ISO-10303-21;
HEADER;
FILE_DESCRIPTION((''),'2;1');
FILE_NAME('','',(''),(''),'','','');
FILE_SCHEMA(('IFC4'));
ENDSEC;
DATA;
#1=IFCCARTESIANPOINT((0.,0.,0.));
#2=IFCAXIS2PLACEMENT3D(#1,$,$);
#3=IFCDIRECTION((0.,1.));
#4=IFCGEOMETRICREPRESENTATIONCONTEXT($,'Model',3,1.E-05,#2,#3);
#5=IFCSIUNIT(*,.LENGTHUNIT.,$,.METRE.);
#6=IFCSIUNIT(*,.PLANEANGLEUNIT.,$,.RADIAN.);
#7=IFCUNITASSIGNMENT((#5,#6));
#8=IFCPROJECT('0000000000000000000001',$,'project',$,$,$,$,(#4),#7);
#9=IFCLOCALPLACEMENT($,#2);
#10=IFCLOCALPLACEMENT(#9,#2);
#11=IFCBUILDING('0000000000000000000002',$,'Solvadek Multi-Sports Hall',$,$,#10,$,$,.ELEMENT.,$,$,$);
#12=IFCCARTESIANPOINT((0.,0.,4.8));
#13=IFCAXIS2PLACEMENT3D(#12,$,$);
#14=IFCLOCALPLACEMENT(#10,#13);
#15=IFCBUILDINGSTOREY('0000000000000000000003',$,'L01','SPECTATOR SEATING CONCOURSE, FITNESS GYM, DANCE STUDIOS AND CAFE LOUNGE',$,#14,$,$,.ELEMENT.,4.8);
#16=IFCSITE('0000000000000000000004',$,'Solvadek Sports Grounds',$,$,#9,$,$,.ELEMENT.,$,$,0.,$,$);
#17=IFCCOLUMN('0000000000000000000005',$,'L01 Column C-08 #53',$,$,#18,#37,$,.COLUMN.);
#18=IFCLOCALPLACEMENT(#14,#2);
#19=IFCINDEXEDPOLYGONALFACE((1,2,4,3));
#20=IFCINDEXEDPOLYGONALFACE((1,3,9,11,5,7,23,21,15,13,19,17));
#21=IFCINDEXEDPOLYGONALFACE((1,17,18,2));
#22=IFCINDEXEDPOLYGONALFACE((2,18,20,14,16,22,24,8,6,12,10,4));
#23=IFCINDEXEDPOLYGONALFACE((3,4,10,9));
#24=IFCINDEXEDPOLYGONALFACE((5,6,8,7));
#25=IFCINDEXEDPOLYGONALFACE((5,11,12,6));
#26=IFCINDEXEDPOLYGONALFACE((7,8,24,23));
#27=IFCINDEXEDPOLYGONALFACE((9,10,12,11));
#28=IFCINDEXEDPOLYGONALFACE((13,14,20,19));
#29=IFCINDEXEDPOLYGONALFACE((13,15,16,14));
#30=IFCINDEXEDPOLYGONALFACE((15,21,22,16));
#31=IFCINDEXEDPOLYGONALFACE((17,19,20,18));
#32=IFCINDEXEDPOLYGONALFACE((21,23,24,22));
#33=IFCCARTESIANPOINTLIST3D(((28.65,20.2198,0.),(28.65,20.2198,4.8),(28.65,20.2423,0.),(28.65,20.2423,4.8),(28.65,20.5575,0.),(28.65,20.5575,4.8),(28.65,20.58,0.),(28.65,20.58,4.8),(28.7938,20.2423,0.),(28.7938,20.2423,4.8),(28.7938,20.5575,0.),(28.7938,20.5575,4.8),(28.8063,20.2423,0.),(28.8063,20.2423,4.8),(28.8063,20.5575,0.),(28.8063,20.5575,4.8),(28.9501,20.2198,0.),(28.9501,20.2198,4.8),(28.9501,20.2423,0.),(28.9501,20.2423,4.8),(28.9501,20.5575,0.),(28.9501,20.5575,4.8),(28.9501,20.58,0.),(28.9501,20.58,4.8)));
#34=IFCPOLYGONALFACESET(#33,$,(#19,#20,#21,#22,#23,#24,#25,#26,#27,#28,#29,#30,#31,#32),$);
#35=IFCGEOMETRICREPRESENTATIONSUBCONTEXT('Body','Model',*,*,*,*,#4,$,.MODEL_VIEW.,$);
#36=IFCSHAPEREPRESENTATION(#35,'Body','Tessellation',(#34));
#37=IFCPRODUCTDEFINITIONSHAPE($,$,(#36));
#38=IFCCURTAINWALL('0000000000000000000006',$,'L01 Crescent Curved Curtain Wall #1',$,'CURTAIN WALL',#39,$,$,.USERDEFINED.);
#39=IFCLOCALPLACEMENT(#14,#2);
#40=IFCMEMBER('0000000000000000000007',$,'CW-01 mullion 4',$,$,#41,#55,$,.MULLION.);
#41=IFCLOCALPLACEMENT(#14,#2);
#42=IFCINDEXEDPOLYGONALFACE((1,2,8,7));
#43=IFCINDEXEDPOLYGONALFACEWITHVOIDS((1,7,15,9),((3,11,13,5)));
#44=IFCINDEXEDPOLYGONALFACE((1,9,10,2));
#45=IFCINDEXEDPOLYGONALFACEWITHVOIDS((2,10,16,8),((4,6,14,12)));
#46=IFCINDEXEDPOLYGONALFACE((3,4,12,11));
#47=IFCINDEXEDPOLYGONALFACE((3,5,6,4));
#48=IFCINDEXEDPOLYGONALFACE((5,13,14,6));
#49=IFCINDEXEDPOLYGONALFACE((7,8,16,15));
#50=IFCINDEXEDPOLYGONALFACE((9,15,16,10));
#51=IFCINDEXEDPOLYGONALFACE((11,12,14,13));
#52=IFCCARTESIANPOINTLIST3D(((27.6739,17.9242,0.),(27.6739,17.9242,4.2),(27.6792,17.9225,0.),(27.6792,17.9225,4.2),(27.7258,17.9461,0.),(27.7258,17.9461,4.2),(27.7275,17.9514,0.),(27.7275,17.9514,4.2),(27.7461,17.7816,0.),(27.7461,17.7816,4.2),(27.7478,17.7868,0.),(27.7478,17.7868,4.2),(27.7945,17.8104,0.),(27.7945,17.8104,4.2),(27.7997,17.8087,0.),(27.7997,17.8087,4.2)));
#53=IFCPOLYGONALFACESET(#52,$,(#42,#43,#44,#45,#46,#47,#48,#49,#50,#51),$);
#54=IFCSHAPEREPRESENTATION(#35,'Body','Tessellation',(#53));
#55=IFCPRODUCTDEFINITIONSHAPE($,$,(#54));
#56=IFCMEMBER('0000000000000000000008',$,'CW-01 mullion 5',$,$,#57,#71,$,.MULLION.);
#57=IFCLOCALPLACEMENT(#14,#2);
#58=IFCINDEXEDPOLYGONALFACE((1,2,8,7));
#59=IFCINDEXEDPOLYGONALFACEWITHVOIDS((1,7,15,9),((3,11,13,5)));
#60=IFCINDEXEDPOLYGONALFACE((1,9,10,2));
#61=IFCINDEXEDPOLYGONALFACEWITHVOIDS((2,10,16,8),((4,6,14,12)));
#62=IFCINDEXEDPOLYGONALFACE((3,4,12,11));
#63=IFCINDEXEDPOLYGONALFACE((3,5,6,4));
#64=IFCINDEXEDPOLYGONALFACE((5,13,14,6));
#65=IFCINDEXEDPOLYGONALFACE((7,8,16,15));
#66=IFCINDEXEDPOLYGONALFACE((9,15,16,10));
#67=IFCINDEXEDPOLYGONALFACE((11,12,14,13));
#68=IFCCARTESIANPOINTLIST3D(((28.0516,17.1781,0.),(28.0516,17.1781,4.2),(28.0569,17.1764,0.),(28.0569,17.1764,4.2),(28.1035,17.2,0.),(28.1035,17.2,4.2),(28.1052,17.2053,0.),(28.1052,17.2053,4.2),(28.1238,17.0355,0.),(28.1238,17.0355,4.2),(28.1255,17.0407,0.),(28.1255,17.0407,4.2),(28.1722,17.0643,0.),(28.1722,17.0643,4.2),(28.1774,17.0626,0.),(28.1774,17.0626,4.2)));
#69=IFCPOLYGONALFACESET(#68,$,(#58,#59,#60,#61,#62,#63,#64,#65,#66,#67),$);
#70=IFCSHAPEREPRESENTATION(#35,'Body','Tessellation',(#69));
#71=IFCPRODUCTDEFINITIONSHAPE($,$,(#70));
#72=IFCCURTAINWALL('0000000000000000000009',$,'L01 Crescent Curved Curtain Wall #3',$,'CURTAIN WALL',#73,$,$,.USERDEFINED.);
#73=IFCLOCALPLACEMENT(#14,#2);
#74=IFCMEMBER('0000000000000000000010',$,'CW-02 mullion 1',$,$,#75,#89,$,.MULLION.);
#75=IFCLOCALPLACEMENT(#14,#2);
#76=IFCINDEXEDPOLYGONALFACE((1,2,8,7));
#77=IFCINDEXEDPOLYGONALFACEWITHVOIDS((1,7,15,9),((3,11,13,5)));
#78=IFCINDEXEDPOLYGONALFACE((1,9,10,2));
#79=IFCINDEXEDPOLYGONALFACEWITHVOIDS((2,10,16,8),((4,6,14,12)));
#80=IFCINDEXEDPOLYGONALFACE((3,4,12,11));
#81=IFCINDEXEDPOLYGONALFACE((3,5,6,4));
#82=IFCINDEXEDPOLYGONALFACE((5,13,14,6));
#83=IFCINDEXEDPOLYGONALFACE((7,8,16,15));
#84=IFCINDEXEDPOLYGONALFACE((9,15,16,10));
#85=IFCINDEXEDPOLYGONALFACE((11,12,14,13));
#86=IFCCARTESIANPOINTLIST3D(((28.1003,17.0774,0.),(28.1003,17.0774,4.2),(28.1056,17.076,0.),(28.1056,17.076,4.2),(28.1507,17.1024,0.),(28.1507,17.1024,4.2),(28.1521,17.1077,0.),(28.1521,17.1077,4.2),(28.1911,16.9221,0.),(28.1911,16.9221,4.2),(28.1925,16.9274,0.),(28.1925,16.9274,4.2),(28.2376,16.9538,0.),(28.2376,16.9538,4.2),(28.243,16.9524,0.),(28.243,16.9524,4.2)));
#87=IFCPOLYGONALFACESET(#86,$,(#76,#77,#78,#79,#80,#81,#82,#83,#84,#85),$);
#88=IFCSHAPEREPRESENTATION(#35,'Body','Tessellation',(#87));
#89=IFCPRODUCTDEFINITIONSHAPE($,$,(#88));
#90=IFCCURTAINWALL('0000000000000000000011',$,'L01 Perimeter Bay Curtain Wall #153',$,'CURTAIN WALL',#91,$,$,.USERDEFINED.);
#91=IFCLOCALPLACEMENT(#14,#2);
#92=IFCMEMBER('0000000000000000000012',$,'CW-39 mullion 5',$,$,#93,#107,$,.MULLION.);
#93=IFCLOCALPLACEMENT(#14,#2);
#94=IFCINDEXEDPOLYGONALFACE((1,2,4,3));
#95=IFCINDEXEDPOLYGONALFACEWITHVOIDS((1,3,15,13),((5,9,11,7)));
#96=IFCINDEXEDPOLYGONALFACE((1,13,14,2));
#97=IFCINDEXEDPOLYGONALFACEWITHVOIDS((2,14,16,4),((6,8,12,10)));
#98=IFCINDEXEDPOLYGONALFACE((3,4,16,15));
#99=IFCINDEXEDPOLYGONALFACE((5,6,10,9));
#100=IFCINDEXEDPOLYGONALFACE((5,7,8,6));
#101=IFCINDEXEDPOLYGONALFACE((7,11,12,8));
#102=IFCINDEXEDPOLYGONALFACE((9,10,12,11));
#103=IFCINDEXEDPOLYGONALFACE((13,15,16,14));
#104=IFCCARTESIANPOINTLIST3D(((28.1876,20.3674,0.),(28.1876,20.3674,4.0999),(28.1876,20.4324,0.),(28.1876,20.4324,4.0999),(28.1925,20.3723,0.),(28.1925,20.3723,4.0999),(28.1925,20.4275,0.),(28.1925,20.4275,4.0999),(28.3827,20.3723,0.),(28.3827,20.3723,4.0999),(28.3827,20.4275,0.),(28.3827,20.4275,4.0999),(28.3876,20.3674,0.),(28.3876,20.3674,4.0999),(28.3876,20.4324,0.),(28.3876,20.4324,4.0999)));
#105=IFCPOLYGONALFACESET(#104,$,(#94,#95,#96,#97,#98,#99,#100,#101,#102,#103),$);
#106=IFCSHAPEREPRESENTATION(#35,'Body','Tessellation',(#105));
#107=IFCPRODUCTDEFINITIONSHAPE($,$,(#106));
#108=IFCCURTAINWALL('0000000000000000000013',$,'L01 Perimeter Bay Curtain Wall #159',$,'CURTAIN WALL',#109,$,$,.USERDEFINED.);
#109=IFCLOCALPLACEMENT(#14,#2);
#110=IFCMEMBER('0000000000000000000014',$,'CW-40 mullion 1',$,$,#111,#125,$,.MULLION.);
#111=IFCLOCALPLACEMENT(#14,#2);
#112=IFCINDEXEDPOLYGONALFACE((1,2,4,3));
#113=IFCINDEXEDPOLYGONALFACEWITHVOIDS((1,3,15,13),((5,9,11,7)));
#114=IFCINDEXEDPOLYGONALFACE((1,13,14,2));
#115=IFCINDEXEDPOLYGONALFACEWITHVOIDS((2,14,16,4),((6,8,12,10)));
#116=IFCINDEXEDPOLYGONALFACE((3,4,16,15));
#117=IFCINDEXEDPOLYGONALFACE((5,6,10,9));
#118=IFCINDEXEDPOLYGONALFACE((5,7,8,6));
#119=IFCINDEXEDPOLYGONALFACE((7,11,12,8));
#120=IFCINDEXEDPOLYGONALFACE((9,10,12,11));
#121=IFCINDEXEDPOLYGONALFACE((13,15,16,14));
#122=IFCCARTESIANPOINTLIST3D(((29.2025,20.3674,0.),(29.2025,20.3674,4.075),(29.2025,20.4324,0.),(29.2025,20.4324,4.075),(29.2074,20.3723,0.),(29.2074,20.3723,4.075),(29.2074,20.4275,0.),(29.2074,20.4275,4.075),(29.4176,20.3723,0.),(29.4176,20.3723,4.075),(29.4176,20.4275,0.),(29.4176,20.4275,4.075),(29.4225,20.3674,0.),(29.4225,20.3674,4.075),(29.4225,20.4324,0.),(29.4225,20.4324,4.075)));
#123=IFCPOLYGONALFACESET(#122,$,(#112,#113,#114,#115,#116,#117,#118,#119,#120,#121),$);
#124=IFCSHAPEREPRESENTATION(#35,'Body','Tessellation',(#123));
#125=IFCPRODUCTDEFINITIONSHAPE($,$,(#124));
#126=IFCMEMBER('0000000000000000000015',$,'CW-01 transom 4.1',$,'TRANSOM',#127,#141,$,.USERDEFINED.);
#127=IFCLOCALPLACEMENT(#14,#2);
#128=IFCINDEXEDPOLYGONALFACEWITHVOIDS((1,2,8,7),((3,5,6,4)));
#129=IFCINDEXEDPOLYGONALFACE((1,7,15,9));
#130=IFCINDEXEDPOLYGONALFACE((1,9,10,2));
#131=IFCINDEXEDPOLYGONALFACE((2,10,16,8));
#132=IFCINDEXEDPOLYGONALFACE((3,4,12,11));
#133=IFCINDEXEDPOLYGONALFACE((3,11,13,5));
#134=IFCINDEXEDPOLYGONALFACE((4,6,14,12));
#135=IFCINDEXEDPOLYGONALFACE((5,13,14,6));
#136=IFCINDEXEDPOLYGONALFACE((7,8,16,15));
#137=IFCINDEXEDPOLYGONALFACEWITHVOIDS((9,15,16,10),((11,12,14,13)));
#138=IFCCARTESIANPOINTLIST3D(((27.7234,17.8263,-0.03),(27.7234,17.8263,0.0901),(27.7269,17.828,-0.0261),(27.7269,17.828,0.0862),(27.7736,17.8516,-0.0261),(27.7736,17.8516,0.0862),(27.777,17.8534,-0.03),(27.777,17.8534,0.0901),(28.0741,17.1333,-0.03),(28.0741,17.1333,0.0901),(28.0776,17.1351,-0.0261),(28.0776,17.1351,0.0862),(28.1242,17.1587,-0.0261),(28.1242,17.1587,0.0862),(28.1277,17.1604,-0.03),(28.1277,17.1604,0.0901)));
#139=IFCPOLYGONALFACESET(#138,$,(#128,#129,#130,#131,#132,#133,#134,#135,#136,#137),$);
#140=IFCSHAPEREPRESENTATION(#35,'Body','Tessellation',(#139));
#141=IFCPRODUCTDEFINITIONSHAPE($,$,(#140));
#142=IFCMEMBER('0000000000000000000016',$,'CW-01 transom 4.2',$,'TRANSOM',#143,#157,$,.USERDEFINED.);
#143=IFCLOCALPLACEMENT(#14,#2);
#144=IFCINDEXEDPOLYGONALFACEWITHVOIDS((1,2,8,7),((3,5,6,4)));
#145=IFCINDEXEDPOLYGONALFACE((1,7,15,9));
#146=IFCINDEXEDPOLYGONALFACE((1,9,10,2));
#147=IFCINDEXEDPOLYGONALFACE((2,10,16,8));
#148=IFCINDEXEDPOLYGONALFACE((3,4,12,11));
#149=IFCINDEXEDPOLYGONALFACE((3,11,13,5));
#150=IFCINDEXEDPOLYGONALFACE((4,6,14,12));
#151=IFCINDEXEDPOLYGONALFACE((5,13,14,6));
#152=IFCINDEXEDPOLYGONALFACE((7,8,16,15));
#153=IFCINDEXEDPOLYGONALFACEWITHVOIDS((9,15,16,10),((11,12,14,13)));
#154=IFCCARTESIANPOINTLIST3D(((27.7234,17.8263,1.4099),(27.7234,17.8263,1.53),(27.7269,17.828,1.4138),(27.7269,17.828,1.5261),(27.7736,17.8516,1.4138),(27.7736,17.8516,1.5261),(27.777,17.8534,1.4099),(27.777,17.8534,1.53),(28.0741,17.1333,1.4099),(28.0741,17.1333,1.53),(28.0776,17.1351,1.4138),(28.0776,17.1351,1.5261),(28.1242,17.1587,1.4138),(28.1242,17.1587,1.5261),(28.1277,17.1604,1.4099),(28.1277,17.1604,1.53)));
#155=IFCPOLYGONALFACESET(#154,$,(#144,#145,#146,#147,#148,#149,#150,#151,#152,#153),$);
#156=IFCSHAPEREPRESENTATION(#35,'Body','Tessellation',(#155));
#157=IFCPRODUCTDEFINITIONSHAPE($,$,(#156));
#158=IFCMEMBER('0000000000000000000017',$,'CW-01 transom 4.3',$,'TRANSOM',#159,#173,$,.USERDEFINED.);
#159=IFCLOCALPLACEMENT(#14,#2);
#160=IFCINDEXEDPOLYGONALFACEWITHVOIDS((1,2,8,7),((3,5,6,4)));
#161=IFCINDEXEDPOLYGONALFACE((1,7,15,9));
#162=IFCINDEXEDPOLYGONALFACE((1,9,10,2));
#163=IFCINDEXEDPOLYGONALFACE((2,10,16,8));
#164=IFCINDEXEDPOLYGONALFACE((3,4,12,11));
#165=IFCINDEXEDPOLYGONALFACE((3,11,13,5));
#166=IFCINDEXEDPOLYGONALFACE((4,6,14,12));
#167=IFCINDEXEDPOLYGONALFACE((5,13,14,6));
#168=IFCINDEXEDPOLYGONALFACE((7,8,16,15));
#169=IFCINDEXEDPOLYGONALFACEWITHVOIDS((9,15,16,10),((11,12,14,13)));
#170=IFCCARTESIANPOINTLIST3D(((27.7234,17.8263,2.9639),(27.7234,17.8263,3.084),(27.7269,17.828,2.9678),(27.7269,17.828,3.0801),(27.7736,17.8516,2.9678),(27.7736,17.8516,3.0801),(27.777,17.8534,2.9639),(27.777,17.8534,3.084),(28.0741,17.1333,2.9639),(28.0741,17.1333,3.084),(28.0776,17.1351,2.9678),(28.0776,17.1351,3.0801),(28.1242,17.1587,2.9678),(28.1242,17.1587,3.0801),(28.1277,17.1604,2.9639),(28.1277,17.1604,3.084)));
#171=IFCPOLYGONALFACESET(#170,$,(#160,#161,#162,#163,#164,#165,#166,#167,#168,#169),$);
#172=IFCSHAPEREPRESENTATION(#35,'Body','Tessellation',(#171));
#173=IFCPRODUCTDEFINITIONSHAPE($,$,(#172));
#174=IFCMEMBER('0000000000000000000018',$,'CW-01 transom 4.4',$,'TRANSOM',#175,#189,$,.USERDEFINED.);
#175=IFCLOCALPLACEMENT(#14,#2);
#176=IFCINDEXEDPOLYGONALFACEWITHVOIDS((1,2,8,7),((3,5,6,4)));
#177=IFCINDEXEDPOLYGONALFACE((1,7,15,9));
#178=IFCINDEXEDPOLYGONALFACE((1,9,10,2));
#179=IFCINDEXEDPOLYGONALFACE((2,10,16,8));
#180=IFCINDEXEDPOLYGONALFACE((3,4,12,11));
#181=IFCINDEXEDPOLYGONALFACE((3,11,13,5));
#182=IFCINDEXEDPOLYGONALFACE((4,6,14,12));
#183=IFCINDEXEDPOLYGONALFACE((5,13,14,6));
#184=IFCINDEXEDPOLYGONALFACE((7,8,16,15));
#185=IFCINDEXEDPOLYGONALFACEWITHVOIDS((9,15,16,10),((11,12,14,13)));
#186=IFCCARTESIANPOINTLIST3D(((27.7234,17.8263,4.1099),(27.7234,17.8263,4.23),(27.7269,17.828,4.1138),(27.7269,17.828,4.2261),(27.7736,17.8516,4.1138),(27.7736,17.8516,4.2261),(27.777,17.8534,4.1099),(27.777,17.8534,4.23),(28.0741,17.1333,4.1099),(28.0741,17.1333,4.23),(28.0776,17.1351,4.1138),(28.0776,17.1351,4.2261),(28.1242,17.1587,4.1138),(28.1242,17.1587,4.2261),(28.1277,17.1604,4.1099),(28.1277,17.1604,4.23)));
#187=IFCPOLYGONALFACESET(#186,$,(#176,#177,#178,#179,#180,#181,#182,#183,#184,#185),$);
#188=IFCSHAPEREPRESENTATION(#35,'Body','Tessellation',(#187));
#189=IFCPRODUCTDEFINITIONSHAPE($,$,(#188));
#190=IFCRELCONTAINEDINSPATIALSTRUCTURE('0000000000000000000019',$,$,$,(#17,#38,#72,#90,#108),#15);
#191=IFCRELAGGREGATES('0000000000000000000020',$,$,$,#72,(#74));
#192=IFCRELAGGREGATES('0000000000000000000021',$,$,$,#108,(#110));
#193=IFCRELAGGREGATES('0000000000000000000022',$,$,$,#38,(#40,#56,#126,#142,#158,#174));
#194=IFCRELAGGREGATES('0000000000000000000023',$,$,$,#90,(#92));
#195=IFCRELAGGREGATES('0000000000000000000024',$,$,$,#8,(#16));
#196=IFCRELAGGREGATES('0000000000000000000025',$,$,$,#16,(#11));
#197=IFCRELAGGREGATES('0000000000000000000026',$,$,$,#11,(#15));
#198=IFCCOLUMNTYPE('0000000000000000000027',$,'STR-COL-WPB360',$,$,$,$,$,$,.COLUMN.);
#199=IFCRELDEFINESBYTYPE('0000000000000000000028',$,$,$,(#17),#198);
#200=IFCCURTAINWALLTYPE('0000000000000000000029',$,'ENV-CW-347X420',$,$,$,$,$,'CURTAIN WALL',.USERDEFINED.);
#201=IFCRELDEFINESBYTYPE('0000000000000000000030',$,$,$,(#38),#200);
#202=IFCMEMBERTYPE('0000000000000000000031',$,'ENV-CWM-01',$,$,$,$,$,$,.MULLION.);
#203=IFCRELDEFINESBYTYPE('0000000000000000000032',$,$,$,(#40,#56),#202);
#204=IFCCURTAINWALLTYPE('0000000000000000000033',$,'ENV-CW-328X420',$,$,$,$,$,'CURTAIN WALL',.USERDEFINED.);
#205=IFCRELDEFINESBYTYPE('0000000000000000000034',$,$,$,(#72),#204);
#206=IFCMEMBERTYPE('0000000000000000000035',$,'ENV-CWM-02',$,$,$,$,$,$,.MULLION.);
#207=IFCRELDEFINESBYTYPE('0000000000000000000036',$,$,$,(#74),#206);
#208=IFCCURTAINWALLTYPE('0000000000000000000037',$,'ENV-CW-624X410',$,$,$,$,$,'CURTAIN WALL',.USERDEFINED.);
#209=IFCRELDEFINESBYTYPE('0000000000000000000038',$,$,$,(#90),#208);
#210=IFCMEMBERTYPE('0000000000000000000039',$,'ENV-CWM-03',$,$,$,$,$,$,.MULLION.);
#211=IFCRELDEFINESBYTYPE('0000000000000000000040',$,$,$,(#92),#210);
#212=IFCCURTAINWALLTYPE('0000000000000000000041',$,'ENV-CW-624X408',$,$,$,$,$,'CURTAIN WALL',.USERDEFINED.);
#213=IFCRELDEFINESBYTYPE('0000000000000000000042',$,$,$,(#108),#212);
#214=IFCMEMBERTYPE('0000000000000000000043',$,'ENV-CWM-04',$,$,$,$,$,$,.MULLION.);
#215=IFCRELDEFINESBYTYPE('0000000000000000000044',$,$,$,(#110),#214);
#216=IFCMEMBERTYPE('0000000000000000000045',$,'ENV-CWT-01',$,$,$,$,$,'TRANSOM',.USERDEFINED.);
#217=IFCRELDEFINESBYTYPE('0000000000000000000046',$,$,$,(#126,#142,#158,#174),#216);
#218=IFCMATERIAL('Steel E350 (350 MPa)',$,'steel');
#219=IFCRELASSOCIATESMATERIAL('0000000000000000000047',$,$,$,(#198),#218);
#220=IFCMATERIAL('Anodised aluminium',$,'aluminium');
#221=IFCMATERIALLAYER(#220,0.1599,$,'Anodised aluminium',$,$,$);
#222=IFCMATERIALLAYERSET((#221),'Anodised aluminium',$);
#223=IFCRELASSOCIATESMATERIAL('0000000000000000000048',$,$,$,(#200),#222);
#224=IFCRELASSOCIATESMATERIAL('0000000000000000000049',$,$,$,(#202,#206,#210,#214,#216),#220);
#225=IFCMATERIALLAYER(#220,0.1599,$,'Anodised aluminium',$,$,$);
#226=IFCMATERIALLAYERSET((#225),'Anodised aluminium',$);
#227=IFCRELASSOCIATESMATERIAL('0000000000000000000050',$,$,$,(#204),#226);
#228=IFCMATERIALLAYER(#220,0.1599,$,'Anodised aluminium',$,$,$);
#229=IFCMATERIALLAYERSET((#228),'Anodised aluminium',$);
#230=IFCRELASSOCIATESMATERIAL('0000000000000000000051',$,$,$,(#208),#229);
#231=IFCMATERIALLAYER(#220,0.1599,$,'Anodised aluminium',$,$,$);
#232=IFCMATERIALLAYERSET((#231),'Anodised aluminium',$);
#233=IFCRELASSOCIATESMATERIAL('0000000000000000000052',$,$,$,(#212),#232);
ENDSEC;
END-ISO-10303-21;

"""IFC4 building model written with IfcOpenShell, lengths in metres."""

from ifc_helpers import new_model, si_unit, direction, frame, origin, origin_2d, place, context, subcontext, project, spatial, hollow_rectangle, i_section, extrude, material, layer, layer_set, material_profile, profile_set, type_object, element, aggregate, save


model = new_model("IFC4")

# Units and contexts
model_context = context("Model", 3, precision=1e-05, world=origin(), true_north=direction((0.0, 1.0)))
body_context = subcontext(model_context, "Body", "Model", "MODEL_VIEW")
ifc_project = project(units=[si_unit("LENGTHUNIT", "METRE"), si_unit("PLANEANGLEUNIT", "RADIAN")], contexts=[model_context])

# Site, building, storey
site_placement = place(None, origin())
site = spatial("IfcSite", under=ifc_project, at=site_placement, Name="Solvadek Sports Grounds", CompositionType="ELEMENT", RefElevation=0.0)
building_placement = place(site_placement, origin())
building = spatial("IfcBuilding", under=site, at=building_placement, Name="Solvadek Multi-Sports Hall", CompositionType="ELEMENT")
storey_placement = place(building_placement, frame((0.0, 0.0, 4.8)))
storey = spatial("IfcBuildingStorey", under=building, at=storey_placement, Name="L01", Description="SPECTATOR SEATING CONCOURSE, FITNESS GYM, DANCE STUDIOS AND CAFE LOUNGE", CompositionType="ELEMENT", Elevation=4.8)

# Column
ifc_material_1 = material(Name="Steel E350 (350 MPa)", Category="steel")
ifc_material_profile_1 = material_profile(ifc_material_1, i_section(OverallWidth=0.3, OverallDepth=0.3601, WebThickness=0.0125, FlangeThickness=0.0225, at=origin_2d()), Name="WPB 360")
ifc_profile_set_1 = profile_set([ifc_material_profile_1], Name="Steel E350 (350 MPa)")
column_type = type_object("IfcColumnType", Name="STR-COL-WPB360", PredefinedType="COLUMN", material=ifc_profile_set_1)
column_placement = place(storey_placement, frame((28.8, 20.3999, 0.0), z_axis=(0.0, 0.0, 1.0), x_axis=(1.0, 0.0, 0.0)))
element("IfcColumn", 1, at=column_placement, inside=storey, type_object=column_type, Name="L01 Column C-08 #53", PredefinedType="COLUMN", context=body_context, shape_type="SweptSolid", body=[
    extrude(i_section(OverallWidth=0.3, OverallDepth=0.3601, WebThickness=0.0125, FlangeThickness=0.0225, at=origin_2d()), origin(), (0.0, 0.0, 1.0), 4.8),
])

# Curtain wall, members
ifc_material_2 = material(Name="Anodised aluminium", Category="aluminium")
ifc_layer_1 = layer(ifc_material_2, 0.1599, Name="Anodised aluminium")
ifc_layer_set_1 = layer_set([ifc_layer_1], Name="Anodised aluminium")
curtain_wall_type_1 = type_object("IfcCurtainWallType", Name="ENV-CW-347X420", ElementType="CURTAIN WALL", PredefinedType="USERDEFINED", material=ifc_layer_set_1)
curtain_wall_1_placement = place(storey_placement, origin())
curtain_wall_1 = element("IfcCurtainWall", 2, at=curtain_wall_1_placement, inside=storey, type_object=curtain_wall_type_1, Name="L01 Crescent Curved Curtain Wall #1", ObjectType="CURTAIN WALL", PredefinedType="USERDEFINED")
ifc_material_profile_2 = material_profile(ifc_material_2, hollow_rectangle(XDim=0.0601, YDim=0.1599, WallThickness=0.0039, at=origin_2d()), Name="ALU-M 160x60x4")
ifc_profile_set_2 = profile_set([ifc_material_profile_2], Name="Anodised aluminium")
member_type_1 = type_object("IfcMemberType", Name="ENV-CWM-01", PredefinedType="MULLION", material=ifc_profile_set_2)
member_1_placement = place(storey_placement, frame((27.7368, 17.8665, 0.0), z_axis=(0.0, 0.0, 1.0), x_axis=(0.892241, 0.451559, 0.0)))
member_1 = element("IfcMember", 3, at=member_1_placement, type_object=member_type_1, Name="CW-01 mullion 4", PredefinedType="MULLION", context=body_context, shape_type="SweptSolid", body=[
    extrude(hollow_rectangle(XDim=0.0601, YDim=0.1599, WallThickness=0.0039, at=origin_2d()), origin(), (0.0, 0.0, 1.0), 4.2),
])
member_2_placement = place(storey_placement, frame((28.1145, 17.1204, 0.0), z_axis=(0.0, 0.0, 1.0), x_axis=(0.892241, 0.451559, 0.0)))
member_2 = element("IfcMember", 4, at=member_2_placement, type_object=member_type_1, Name="CW-01 mullion 5", PredefinedType="MULLION", context=body_context, shape_type="SweptSolid", body=[
    extrude(hollow_rectangle(XDim=0.0601, YDim=0.1599, WallThickness=0.0039, at=origin_2d()), origin(), (0.0, 0.0, 1.0), 4.2),
])

# Curtain walls, members
ifc_layer_2 = layer(ifc_material_2, 0.1599, Name="Anodised aluminium")
ifc_layer_set_2 = layer_set([ifc_layer_2], Name="Anodised aluminium")
curtain_wall_type_2 = type_object("IfcCurtainWallType", Name="ENV-CW-328X420", ElementType="CURTAIN WALL", PredefinedType="USERDEFINED", material=ifc_layer_set_2)
curtain_wall_2_placement = place(storey_placement, origin())
curtain_wall_2 = element("IfcCurtainWall", 5, at=curtain_wall_2_placement, inside=storey, type_object=curtain_wall_type_2, Name="L01 Crescent Curved Curtain Wall #3", ObjectType="CURTAIN WALL", PredefinedType="USERDEFINED")
ifc_material_profile_3 = material_profile(ifc_material_2, hollow_rectangle(XDim=0.0601, YDim=0.1799, WallThickness=0.0039, at=origin_2d()), Name="ALU-M 180x60x4")
ifc_profile_set_3 = profile_set([ifc_material_profile_3], Name="Anodised aluminium")
member_type_2 = type_object("IfcMemberType", Name="ENV-CWM-02", PredefinedType="MULLION", material=ifc_profile_set_3)
member_3_placement = place(storey_placement, frame((28.1716, 17.0149, 0.0), z_axis=(0.0, 0.0, 1.0), x_axis=(0.863145, 0.504957, 0.0)))
member_3 = element("IfcMember", 6, at=member_3_placement, type_object=member_type_2, Name="CW-02 mullion 1", PredefinedType="MULLION", context=body_context, shape_type="SweptSolid", body=[
    extrude(hollow_rectangle(XDim=0.0601, YDim=0.1799, WallThickness=0.0039, at=origin_2d()), origin(), (0.0, 0.0, 1.0), 4.2),
])
ifc_layer_3 = layer(ifc_material_2, 0.1599, Name="Anodised aluminium")
ifc_layer_set_3 = layer_set([ifc_layer_3], Name="Anodised aluminium")
curtain_wall_type_3 = type_object("IfcCurtainWallType", Name="ENV-CW-624X410", ElementType="CURTAIN WALL", PredefinedType="USERDEFINED", material=ifc_layer_set_3)
curtain_wall_3_placement = place(storey_placement, origin())
curtain_wall_3 = element("IfcCurtainWall", 7, at=curtain_wall_3_placement, inside=storey, type_object=curtain_wall_type_3, Name="L01 Perimeter Bay Curtain Wall #153", ObjectType="CURTAIN WALL", PredefinedType="USERDEFINED")
ifc_material_profile_4 = material_profile(ifc_material_2, hollow_rectangle(XDim=0.0649, YDim=0.2, WallThickness=0.0049, at=origin_2d()), Name="ALU-M 200x65x5")
ifc_profile_set_4 = profile_set([ifc_material_profile_4], Name="Anodised aluminium")
member_type_3 = type_object("IfcMemberType", Name="ENV-CWM-03", PredefinedType="MULLION", material=ifc_profile_set_4)
member_4_placement = place(storey_placement, frame((28.2876, 20.3999, 0.0), z_axis=(0.0, 0.0, 1.0), x_axis=(0.0, 1.0, 0.0)))
member_4 = element("IfcMember", 8, at=member_4_placement, type_object=member_type_3, Name="CW-39 mullion 5", PredefinedType="MULLION", context=body_context, shape_type="SweptSolid", body=[
    extrude(hollow_rectangle(XDim=0.0649, YDim=0.2, WallThickness=0.0049, at=origin_2d()), origin(), (0.0, 0.0, 1.0), 4.0999),
])
ifc_layer_4 = layer(ifc_material_2, 0.1599, Name="Anodised aluminium")
ifc_layer_set_4 = layer_set([ifc_layer_4], Name="Anodised aluminium")
curtain_wall_type_4 = type_object("IfcCurtainWallType", Name="ENV-CW-624X408", ElementType="CURTAIN WALL", PredefinedType="USERDEFINED", material=ifc_layer_set_4)
curtain_wall_4_placement = place(storey_placement, origin())
curtain_wall_4 = element("IfcCurtainWall", 9, at=curtain_wall_4_placement, inside=storey, type_object=curtain_wall_type_4, Name="L01 Perimeter Bay Curtain Wall #159", ObjectType="CURTAIN WALL", PredefinedType="USERDEFINED")
ifc_material_profile_5 = material_profile(ifc_material_2, hollow_rectangle(XDim=0.0649, YDim=0.22, WallThickness=0.0049, at=origin_2d()), Name="ALU-M 220x65x5")
ifc_profile_set_5 = profile_set([ifc_material_profile_5], Name="Anodised aluminium")
member_type_4 = type_object("IfcMemberType", Name="ENV-CWM-04", PredefinedType="MULLION", material=ifc_profile_set_5)
member_5_placement = place(storey_placement, frame((29.3125, 20.3999, 0.0), z_axis=(0.0, 0.0, 1.0), x_axis=(0.0, 1.0, 0.0)))
member_5 = element("IfcMember", 10, at=member_5_placement, type_object=member_type_4, Name="CW-40 mullion 1", PredefinedType="MULLION", context=body_context, shape_type="SweptSolid", body=[
    extrude(hollow_rectangle(XDim=0.0649, YDim=0.22, WallThickness=0.0049, at=origin_2d()), origin(), (0.0, 0.0, 1.0), 4.075),
])

# Members
ifc_material_profile_6 = material_profile(ifc_material_2, hollow_rectangle(XDim=0.0601, YDim=0.1201, WallThickness=0.0039, at=origin_2d()), Name="ALU-T 120x60x4")
ifc_profile_set_6 = profile_set([ifc_material_profile_6], Name="Anodised aluminium")
member_type_5 = type_object("IfcMemberType", Name="ENV-CWT-01", ElementType="TRANSOM", PredefinedType="USERDEFINED", material=ifc_profile_set_6)
member_6_placement = place(storey_placement, frame((27.7502, 17.8398, 0.03), z_axis=(0.451484, -0.892279, 0.0), x_axis=(0.892279, 0.451484, 0.0)))
member_6 = element("IfcMember", 11, at=member_6_placement, type_object=member_type_5, Name="CW-01 transom 4.1", ObjectType="TRANSOM", PredefinedType="USERDEFINED", context=body_context, shape_type="SweptSolid", body=[
    extrude(hollow_rectangle(XDim=0.0601, YDim=0.1201, WallThickness=0.0039, at=origin_2d()), origin(), (0.0, 0.0, 1.0), 0.7766),
])
member_7_placement = place(storey_placement, frame((27.7502, 17.8398, 1.47), z_axis=(0.451484, -0.892279, 0.0), x_axis=(0.892279, 0.451484, 0.0)))
member_7 = element("IfcMember", 12, at=member_7_placement, type_object=member_type_5, Name="CW-01 transom 4.2", ObjectType="TRANSOM", PredefinedType="USERDEFINED", context=body_context, shape_type="SweptSolid", body=[
    extrude(hollow_rectangle(XDim=0.0601, YDim=0.1201, WallThickness=0.0039, at=origin_2d()), origin(), (0.0, 0.0, 1.0), 0.7766),
])
member_8_placement = place(storey_placement, frame((27.7502, 17.8398, 3.0239), z_axis=(0.451484, -0.892279, 0.0), x_axis=(0.892279, 0.451484, 0.0)))
member_8 = element("IfcMember", 13, at=member_8_placement, type_object=member_type_5, Name="CW-01 transom 4.3", ObjectType="TRANSOM", PredefinedType="USERDEFINED", context=body_context, shape_type="SweptSolid", body=[
    extrude(hollow_rectangle(XDim=0.0601, YDim=0.1201, WallThickness=0.0039, at=origin_2d()), origin(), (0.0, 0.0, 1.0), 0.7766),
])
member_9_placement = place(storey_placement, frame((27.7502, 17.8398, 4.1699), z_axis=(0.451484, -0.892279, 0.0), x_axis=(0.892279, 0.451484, 0.0)))
member_9 = element("IfcMember", 14, at=member_9_placement, type_object=member_type_5, Name="CW-01 transom 4.4", ObjectType="TRANSOM", PredefinedType="USERDEFINED", context=body_context, shape_type="SweptSolid", body=[
    extrude(hollow_rectangle(XDim=0.0601, YDim=0.1201, WallThickness=0.0039, at=origin_2d()), origin(), (0.0, 0.0, 1.0), 0.7766),
])
aggregate(curtain_wall_2, [member_3])
aggregate(curtain_wall_4, [member_5])

aggregate(curtain_wall_1, [member_1, member_2, member_6, member_7, member_8, member_9])
aggregate(curtain_wall_3, [member_4])

save(model, "model.ifc")
